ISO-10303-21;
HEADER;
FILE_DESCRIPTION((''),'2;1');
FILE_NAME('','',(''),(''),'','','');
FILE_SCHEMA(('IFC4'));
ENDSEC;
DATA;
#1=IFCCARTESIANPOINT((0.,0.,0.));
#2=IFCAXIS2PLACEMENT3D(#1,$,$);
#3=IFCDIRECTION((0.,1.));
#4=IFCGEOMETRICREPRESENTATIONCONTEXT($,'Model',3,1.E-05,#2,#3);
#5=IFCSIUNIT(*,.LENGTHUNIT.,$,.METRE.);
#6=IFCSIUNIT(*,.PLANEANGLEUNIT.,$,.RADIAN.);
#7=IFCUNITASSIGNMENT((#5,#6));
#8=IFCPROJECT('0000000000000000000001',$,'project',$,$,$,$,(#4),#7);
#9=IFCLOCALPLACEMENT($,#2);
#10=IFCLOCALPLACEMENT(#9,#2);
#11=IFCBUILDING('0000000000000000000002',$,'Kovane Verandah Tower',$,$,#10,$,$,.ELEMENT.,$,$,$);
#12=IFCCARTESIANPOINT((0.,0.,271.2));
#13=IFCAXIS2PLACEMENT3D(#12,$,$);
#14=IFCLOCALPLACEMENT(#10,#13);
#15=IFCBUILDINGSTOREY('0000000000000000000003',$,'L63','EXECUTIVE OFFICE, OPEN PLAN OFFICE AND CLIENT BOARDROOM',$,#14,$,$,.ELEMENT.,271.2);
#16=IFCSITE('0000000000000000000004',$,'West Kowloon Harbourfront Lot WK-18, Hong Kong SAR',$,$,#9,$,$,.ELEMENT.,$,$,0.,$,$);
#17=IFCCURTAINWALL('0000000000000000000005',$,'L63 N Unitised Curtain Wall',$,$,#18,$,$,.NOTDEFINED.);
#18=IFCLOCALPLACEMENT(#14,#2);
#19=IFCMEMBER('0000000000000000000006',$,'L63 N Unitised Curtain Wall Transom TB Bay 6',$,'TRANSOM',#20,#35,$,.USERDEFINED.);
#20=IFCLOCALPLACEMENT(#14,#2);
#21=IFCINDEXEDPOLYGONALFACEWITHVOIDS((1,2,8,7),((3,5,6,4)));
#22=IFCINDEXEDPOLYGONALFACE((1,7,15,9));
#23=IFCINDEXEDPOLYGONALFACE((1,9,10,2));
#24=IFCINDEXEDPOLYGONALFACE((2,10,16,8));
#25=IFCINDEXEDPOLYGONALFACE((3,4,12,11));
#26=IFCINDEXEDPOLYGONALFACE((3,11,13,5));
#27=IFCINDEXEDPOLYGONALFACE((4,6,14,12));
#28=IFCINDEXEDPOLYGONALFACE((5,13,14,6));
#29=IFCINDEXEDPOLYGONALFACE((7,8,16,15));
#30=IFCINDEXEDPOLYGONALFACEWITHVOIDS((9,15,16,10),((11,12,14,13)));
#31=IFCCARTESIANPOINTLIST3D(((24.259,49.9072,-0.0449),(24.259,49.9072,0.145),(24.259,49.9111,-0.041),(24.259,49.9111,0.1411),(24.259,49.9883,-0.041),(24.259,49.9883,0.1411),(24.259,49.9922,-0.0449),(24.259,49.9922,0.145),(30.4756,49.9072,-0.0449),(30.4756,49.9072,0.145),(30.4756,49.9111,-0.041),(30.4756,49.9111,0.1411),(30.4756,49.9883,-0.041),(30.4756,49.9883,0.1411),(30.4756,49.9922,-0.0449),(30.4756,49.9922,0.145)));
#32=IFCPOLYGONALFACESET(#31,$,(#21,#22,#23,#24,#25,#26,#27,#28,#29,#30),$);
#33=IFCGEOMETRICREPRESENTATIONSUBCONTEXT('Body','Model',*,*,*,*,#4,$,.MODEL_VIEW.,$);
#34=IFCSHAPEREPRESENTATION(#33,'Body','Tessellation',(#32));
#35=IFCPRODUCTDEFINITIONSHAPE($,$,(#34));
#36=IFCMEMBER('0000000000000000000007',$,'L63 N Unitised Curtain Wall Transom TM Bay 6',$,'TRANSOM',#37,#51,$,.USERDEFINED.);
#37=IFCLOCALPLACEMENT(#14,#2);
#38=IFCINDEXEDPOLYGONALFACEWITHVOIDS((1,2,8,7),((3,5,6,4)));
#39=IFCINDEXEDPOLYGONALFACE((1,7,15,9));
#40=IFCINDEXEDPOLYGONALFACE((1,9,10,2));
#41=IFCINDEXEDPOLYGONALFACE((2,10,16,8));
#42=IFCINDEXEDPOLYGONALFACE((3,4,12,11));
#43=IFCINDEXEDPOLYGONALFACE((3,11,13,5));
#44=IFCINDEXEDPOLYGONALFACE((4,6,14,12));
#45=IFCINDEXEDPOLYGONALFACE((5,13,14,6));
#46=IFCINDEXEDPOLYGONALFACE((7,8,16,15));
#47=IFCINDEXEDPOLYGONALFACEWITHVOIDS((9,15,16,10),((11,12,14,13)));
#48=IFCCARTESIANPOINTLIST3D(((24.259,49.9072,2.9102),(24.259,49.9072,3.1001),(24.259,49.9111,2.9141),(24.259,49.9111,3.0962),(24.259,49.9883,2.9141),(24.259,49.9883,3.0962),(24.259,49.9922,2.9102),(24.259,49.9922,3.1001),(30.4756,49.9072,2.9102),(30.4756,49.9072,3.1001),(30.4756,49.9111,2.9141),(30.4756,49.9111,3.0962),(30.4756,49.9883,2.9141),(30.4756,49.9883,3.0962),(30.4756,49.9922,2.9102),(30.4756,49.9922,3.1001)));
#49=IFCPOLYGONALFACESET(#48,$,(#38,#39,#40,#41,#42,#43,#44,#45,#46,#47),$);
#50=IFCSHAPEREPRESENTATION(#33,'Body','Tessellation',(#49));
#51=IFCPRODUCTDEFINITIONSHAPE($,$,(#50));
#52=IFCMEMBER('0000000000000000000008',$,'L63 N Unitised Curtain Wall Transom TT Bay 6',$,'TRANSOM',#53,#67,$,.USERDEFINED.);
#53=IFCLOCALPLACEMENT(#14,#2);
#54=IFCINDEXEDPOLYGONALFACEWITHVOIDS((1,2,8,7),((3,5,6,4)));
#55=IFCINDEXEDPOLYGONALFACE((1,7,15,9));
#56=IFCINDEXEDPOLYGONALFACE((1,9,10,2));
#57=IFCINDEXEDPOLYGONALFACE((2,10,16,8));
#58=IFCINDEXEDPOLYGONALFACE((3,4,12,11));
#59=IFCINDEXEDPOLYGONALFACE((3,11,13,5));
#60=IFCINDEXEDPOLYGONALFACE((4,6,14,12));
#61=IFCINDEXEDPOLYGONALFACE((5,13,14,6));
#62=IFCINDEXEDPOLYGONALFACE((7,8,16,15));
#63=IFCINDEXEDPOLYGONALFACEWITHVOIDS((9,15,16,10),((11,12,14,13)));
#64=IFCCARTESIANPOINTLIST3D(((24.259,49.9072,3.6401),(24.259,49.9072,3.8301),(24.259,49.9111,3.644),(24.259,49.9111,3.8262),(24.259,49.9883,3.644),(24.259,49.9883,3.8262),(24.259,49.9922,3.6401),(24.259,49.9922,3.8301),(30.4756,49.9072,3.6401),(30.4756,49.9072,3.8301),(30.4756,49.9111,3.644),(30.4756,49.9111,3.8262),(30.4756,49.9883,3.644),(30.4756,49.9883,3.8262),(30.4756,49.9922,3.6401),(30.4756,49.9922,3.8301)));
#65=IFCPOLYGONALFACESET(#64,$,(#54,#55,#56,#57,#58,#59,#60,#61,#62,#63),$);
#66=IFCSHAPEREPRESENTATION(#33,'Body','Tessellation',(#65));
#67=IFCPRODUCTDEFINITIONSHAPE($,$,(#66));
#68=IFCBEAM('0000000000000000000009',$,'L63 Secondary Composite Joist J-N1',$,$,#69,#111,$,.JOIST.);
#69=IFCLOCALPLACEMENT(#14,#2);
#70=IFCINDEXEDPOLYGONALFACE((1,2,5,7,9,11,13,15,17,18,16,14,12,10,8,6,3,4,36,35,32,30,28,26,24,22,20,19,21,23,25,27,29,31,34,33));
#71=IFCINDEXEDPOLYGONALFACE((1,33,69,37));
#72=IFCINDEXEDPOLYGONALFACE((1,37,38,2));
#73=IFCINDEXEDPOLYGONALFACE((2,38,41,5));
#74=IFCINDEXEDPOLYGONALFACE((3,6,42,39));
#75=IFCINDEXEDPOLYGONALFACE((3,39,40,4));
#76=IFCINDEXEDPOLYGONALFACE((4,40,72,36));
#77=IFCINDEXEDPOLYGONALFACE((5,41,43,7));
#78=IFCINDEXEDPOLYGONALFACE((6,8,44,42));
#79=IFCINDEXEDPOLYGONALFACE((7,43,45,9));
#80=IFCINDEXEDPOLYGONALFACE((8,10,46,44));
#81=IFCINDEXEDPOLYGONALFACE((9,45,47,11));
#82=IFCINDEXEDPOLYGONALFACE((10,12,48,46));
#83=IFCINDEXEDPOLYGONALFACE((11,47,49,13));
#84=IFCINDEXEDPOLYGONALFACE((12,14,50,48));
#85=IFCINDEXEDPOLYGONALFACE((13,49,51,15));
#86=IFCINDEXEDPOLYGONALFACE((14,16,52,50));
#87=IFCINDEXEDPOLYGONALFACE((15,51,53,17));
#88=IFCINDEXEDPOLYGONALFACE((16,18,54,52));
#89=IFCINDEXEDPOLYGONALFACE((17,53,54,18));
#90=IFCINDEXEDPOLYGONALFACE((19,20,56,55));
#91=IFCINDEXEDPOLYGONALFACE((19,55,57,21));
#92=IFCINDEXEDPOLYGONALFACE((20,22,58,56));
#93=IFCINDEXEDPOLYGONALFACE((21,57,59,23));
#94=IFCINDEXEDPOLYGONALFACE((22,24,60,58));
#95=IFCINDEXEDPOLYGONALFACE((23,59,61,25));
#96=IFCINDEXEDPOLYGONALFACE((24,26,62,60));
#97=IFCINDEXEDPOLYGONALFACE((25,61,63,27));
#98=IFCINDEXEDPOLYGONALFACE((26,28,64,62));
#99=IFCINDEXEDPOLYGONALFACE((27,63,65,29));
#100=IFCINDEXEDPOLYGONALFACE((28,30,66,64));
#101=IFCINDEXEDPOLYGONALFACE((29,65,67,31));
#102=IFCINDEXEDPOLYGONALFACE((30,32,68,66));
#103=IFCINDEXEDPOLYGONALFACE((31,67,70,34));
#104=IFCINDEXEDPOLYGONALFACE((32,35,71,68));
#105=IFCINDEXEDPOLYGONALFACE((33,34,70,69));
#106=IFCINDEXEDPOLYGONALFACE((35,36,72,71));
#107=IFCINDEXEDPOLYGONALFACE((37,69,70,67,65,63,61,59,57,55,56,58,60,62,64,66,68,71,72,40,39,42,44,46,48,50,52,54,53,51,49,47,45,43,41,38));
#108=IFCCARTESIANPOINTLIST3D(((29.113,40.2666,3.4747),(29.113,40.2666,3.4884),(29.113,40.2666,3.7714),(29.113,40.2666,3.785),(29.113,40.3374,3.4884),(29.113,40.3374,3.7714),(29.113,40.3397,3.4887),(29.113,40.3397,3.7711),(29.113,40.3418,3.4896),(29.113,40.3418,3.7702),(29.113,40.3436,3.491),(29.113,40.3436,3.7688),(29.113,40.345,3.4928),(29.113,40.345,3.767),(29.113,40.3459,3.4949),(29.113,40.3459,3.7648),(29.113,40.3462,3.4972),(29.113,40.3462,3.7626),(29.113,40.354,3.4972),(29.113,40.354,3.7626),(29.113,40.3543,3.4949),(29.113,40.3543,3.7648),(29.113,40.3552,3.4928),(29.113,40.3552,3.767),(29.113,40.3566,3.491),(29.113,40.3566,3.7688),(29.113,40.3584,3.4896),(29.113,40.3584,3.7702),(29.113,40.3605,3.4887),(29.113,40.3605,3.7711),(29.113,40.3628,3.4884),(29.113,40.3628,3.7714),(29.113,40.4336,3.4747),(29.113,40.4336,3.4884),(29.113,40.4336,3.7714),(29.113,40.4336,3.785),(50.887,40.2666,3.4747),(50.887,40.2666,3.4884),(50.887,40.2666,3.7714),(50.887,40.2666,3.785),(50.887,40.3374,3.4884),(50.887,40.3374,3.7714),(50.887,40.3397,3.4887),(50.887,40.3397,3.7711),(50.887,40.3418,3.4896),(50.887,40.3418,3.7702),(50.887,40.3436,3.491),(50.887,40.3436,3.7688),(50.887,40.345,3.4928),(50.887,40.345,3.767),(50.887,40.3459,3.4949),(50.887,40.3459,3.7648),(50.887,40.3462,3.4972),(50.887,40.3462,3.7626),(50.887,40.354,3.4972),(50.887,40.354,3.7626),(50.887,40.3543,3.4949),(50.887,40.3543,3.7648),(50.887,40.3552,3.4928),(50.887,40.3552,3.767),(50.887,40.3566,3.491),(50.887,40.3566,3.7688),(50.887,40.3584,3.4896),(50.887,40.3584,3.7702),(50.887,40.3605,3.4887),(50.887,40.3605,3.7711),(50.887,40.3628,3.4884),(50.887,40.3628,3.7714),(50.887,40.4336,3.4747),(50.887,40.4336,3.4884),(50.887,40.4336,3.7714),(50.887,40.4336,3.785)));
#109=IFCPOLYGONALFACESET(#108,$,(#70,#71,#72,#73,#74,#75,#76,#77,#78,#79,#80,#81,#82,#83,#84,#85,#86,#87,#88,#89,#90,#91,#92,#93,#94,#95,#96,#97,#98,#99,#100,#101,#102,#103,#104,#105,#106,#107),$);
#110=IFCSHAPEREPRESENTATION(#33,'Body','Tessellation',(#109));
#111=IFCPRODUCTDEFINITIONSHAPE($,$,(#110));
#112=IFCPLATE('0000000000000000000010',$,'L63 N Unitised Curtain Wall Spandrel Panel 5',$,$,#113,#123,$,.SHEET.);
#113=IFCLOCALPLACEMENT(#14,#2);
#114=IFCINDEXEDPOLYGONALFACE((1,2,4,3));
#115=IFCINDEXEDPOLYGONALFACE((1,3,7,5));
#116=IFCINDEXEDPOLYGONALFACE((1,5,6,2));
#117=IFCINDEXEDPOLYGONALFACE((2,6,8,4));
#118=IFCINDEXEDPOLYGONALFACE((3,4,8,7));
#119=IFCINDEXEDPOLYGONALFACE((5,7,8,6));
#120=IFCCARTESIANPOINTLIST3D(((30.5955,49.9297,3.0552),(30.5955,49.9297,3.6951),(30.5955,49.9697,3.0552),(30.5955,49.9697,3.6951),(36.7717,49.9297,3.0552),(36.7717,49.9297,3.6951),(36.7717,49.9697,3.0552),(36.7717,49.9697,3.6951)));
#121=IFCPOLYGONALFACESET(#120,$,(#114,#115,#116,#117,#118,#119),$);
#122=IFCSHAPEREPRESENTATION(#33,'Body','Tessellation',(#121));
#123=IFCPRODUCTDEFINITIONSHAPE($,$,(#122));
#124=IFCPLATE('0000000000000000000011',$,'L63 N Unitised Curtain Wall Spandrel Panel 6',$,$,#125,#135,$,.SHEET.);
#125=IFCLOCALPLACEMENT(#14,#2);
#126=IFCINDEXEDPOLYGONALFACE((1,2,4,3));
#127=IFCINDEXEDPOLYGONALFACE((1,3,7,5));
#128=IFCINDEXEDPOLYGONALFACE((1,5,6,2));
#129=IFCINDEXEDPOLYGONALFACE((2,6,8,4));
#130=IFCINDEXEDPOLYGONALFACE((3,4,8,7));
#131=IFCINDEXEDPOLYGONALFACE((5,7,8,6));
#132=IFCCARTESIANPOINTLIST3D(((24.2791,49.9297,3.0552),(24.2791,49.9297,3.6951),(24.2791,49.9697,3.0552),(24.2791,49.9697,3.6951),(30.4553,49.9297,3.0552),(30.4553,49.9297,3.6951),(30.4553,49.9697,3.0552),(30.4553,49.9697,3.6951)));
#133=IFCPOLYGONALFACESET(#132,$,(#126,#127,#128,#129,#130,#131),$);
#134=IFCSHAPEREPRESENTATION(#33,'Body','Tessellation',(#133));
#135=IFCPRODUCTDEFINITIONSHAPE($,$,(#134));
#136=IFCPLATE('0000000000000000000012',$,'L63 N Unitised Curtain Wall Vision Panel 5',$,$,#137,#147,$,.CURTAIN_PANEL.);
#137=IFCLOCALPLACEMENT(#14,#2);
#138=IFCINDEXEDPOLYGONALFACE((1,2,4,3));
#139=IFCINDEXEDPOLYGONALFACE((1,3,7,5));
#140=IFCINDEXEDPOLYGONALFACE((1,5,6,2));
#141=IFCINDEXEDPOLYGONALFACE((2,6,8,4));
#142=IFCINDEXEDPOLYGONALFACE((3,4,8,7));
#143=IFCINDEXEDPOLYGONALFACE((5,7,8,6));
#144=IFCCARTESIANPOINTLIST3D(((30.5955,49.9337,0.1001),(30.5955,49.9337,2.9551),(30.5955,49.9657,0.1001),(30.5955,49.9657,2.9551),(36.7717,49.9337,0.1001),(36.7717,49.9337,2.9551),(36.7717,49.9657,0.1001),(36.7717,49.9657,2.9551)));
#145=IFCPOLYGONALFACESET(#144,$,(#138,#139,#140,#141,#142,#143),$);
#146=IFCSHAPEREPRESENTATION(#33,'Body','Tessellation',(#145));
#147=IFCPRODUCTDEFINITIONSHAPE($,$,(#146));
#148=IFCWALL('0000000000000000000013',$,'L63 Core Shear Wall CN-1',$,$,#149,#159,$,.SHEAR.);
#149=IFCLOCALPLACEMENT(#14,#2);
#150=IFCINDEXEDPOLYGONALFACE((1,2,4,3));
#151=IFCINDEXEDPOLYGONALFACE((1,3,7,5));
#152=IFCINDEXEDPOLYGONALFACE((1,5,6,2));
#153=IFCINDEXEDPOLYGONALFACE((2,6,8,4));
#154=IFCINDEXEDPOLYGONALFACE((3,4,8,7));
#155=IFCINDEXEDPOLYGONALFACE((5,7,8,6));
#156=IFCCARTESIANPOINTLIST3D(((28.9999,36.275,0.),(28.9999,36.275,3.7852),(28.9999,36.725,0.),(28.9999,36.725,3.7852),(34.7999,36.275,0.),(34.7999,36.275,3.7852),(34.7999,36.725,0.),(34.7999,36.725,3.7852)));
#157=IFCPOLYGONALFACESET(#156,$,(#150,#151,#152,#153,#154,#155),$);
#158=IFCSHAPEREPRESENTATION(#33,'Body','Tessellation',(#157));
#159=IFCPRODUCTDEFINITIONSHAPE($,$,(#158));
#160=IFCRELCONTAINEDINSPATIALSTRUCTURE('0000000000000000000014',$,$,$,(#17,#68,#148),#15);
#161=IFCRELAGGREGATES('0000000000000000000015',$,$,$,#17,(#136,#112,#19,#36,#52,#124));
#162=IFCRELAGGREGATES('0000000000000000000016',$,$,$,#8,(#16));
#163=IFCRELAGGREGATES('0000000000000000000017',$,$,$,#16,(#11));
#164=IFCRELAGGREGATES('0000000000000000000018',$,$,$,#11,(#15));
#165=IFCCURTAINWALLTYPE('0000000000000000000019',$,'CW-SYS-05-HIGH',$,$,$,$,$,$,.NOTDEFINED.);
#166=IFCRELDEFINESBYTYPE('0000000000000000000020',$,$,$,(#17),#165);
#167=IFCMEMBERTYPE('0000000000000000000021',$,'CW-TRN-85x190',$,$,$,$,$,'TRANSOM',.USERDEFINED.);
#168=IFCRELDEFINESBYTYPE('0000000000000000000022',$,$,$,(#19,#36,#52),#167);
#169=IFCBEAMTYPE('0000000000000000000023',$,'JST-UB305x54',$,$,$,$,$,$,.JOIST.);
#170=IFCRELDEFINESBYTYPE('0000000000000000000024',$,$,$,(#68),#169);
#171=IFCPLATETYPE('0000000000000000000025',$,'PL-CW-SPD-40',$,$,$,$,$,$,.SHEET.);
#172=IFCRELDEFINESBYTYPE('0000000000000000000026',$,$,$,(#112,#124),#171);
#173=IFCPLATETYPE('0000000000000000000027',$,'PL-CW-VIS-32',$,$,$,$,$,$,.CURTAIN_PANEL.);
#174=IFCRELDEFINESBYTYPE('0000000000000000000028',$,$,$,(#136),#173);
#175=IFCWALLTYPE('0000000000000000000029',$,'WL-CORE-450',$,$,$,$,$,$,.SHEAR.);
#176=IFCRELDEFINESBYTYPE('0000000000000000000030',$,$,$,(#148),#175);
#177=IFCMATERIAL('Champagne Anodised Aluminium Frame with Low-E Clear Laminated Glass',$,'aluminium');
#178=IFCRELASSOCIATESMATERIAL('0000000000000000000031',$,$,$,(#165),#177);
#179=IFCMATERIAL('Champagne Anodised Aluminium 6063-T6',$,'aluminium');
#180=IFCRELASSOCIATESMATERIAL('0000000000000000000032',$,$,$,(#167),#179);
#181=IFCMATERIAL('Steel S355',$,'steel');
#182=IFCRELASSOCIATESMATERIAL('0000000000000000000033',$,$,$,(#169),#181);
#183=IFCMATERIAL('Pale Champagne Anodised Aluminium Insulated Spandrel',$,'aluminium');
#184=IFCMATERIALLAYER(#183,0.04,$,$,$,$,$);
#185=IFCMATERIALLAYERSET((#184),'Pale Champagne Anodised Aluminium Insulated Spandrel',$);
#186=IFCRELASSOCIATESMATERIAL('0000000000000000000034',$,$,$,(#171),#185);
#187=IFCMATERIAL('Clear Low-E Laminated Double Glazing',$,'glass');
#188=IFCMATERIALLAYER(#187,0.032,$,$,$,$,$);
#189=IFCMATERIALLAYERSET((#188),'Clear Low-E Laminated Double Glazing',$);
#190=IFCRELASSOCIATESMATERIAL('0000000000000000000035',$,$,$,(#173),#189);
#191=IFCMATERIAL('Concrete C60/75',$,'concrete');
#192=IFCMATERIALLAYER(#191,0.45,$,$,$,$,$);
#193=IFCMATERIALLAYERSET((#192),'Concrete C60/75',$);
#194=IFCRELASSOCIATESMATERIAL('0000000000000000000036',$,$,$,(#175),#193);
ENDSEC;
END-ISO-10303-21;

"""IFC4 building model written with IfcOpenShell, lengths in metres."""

from ifc_helpers import new_model, si_unit, direction, frame, frame_2d, origin, origin_2d, place, context, subcontext, project, spatial, rectangle, hollow_rectangle, i_section, extrude, material, layer, layer_set, material_profile, profile_set, type_object, element, aggregate, save


model = new_model("IFC4")

# Units and contexts
model_context = context("Model", 3, precision=1e-05, world=origin(), true_north=direction((0.0, 1.0)))
body_context = subcontext(model_context, "Body", "Model", "MODEL_VIEW")
ifc_project = project(units=[si_unit("LENGTHUNIT", "METRE"), si_unit("PLANEANGLEUNIT", "RADIAN")], contexts=[model_context])

# Site, building, storey
site_placement = place(None, origin())
site = spatial("IfcSite", under=ifc_project, at=site_placement, Name="West Kowloon Harbourfront Lot WK-18, Hong Kong SAR", CompositionType="ELEMENT", RefElevation=0.0)
building_placement = place(site_placement, origin())
building = spatial("IfcBuilding", under=site, at=building_placement, Name="Kovane Verandah Tower", CompositionType="ELEMENT")
storey_placement = place(building_placement, frame((0.0, 0.0, 271.2)))
storey = spatial("IfcBuildingStorey", under=building, at=storey_placement, Name="L63", Description="EXECUTIVE OFFICE, OPEN PLAN OFFICE AND CLIENT BOARDROOM", CompositionType="ELEMENT", Elevation=271.2)

# Shared definitions
ifc_material_1 = material(Name="Concrete C60/75", Category="concrete")

# Shared definitions
ifc_material_2 = material(Name="Steel S355", Category="steel")

# Curtain wall, members
ifc_material_3 = material(Name="Champagne Anodised Aluminium Frame with Low-E Clear Laminated Glass", Category="aluminium")
curtain_wall_type = type_object("IfcCurtainWallType", Name="CW-SYS-05-HIGH", PredefinedType="NOTDEFINED", material=ifc_material_3)
curtain_wall_placement = place(storey_placement, origin())
curtain_wall = element("IfcCurtainWall", 1, at=curtain_wall_placement, inside=storey, type_object=curtain_wall_type, Name="L63 N Unitised Curtain Wall", PredefinedType="NOTDEFINED")
ifc_material_4 = material(Name="Champagne Anodised Aluminium 6063-T6", Category="aluminium")
ifc_material_profile_1 = material_profile(ifc_material_4, hollow_rectangle(XDim=0.085, YDim=0.1899, WallThickness=0.0039, at=origin_2d()), Name="AL85x190x4")
ifc_profile_set_1 = profile_set([ifc_material_profile_1], Name="Champagne Anodised Aluminium 6063-T6")
member_type_1 = type_object("IfcMemberType", Name="CW-TRN-85x190", ElementType="TRANSOM", PredefinedType="USERDEFINED", material=ifc_profile_set_1)
member_1_placement = place(storey_placement, frame((30.4756, 49.9497, 0.05), z_axis=(-1.0, 0.0, 0.0), x_axis=(0.0, -1.0, 0.0)))
member_1 = element("IfcMember", 2, at=member_1_placement, type_object=member_type_1, Name="L63 N Unitised Curtain Wall Transom TB Bay 6", ObjectType="TRANSOM", PredefinedType="USERDEFINED", context=body_context, shape_type="SweptSolid", body=[
    extrude(hollow_rectangle(XDim=0.085, YDim=0.1899, WallThickness=0.0039, at=origin_2d()), origin(), (0.0, 0.0, 1.0), 6.2166),
])
member_2_placement = place(storey_placement, frame((30.4756, 49.9497, 3.0051), z_axis=(-1.0, 0.0, 0.0), x_axis=(0.0, -1.0, 0.0)))
member_2 = element("IfcMember", 3, at=member_2_placement, type_object=member_type_1, Name="L63 N Unitised Curtain Wall Transom TM Bay 6", ObjectType="TRANSOM", PredefinedType="USERDEFINED", context=body_context, shape_type="SweptSolid", body=[
    extrude(hollow_rectangle(XDim=0.085, YDim=0.1899, WallThickness=0.0039, at=origin_2d()), origin(), (0.0, 0.0, 1.0), 6.2166),
])
member_3_placement = place(storey_placement, frame((30.4756, 49.9497, 3.7351), z_axis=(-1.0, 0.0, 0.0), x_axis=(0.0, -1.0, 0.0)))
member_3 = element("IfcMember", 4, at=member_3_placement, type_object=member_type_1, Name="L63 N Unitised Curtain Wall Transom TT Bay 6", ObjectType="TRANSOM", PredefinedType="USERDEFINED", context=body_context, shape_type="SweptSolid", body=[
    extrude(hollow_rectangle(XDim=0.085, YDim=0.1899, WallThickness=0.0039, at=origin_2d()), origin(), (0.0, 0.0, 1.0), 6.2166),
])

# Beam
ifc_material_profile_2 = material_profile(ifc_material_2, i_section(OverallWidth=0.167, OverallDepth=0.3103, WebThickness=0.0078, FlangeThickness=0.0137, FilletRadius=0.0088, at=origin_2d()), Name="UB305x165x54")
ifc_profile_set_2 = profile_set([ifc_material_profile_2], Name="Steel S355")
beam_type_1 = type_object("IfcBeamType", Name="JST-UB305x54", PredefinedType="JOIST", material=ifc_profile_set_2)
beam_1_placement = place(storey_placement, frame((29.113, 40.3501, 3.6299), z_axis=(1.0, 0.0, 0.0), x_axis=(0.0, 1.0, 0.0)))
element("IfcBeam", 5, at=beam_1_placement, inside=storey, type_object=beam_type_1, Name="L63 Secondary Composite Joist J-N1", PredefinedType="JOIST", context=body_context, shape_type="SweptSolid", body=[
    extrude(i_section(OverallWidth=0.167, OverallDepth=0.3103, WebThickness=0.0078, FlangeThickness=0.0137, FilletRadius=0.0088, at=origin_2d()), origin(), (0.0, 0.0, 1.0), 21.7739),
])

# Plates
ifc_material_5 = material(Name="Pale Champagne Anodised Aluminium Insulated Spandrel", Category="aluminium")
ifc_layer_1 = layer(ifc_material_5, 0.04)
ifc_layer_set_1 = layer_set([ifc_layer_1], Name="Pale Champagne Anodised Aluminium Insulated Spandrel")
plate_type_1 = type_object("IfcPlateType", Name="PL-CW-SPD-40", PredefinedType="SHEET", material=ifc_layer_set_1)
plate_1_placement = place(storey_placement, frame((33.6836, 49.9497, 3.0552), z_axis=(0.0, 0.0, 1.0), x_axis=(-1.0, 0.0, 0.0)))
plate_1 = element("IfcPlate", 6, at=plate_1_placement, type_object=plate_type_1, Name="L63 N Unitised Curtain Wall Spandrel Panel 5", PredefinedType="SHEET", context=body_context, shape_type="SweptSolid", body=[
    extrude(rectangle(XDim=6.1763, YDim=0.04, at=origin_2d()), origin(), (0.0, 0.0, 1.0), 0.6399),
])
plate_2_placement = place(storey_placement, frame((27.3672, 49.9497, 3.0552), z_axis=(0.0, 0.0, 1.0), x_axis=(-1.0, 0.0, 0.0)))
plate_2 = element("IfcPlate", 7, at=plate_2_placement, type_object=plate_type_1, Name="L63 N Unitised Curtain Wall Spandrel Panel 6", PredefinedType="SHEET", context=body_context, shape_type="SweptSolid", body=[
    extrude(rectangle(XDim=6.1763, YDim=0.04, at=origin_2d()), origin(), (0.0, 0.0, 1.0), 0.6399),
])
ifc_material_6 = material(Name="Clear Low-E Laminated Double Glazing", Category="glass")
ifc_layer_2 = layer(ifc_material_6, 0.032)
ifc_layer_set_2 = layer_set([ifc_layer_2], Name="Clear Low-E Laminated Double Glazing")
plate_type_2 = type_object("IfcPlateType", Name="PL-CW-VIS-32", PredefinedType="CURTAIN_PANEL", material=ifc_layer_set_2)
plate_3_placement = place(storey_placement, frame((33.6836, 49.9497, 0.1001), z_axis=(0.0, 0.0, 1.0), x_axis=(-1.0, 0.0, 0.0)))
plate_3 = element("IfcPlate", 8, at=plate_3_placement, type_object=plate_type_2, Name="L63 N Unitised Curtain Wall Vision Panel 5", PredefinedType="CURTAIN_PANEL", context=body_context, shape_type="SweptSolid", body=[
    extrude(rectangle(XDim=6.1763, YDim=0.032, at=origin_2d()), origin(), (0.0, 0.0, 1.0), 2.855),
])
aggregate(curtain_wall, [plate_3, plate_1, member_1, member_2, member_3, plate_2])

# Wall
ifc_layer_3 = layer(ifc_material_1, 0.45)
ifc_layer_set_3 = layer_set([ifc_layer_3], Name="Concrete C60/75")
wall_type = type_object("IfcWallType", Name="WL-CORE-450", PredefinedType="SHEAR", material=ifc_layer_set_3)
wall_placement = place(storey_placement, frame((29.0, 36.5, 0.0), z_axis=(0.0, 0.0, 1.0), x_axis=(1.0, 0.0, 0.0)))
element("IfcWall", 9, at=wall_placement, inside=storey, type_object=wall_type, Name="L63 Core Shear Wall CN-1", PredefinedType="SHEAR", context=body_context, shape_type="SweptSolid", body=[
    extrude(rectangle(XDim=5.8, YDim=0.45, at=frame_2d((2.8999, 0.0))), origin(), (0.0, 0.0, 1.0), 3.7852),
])

save(model, "model.ifc")
